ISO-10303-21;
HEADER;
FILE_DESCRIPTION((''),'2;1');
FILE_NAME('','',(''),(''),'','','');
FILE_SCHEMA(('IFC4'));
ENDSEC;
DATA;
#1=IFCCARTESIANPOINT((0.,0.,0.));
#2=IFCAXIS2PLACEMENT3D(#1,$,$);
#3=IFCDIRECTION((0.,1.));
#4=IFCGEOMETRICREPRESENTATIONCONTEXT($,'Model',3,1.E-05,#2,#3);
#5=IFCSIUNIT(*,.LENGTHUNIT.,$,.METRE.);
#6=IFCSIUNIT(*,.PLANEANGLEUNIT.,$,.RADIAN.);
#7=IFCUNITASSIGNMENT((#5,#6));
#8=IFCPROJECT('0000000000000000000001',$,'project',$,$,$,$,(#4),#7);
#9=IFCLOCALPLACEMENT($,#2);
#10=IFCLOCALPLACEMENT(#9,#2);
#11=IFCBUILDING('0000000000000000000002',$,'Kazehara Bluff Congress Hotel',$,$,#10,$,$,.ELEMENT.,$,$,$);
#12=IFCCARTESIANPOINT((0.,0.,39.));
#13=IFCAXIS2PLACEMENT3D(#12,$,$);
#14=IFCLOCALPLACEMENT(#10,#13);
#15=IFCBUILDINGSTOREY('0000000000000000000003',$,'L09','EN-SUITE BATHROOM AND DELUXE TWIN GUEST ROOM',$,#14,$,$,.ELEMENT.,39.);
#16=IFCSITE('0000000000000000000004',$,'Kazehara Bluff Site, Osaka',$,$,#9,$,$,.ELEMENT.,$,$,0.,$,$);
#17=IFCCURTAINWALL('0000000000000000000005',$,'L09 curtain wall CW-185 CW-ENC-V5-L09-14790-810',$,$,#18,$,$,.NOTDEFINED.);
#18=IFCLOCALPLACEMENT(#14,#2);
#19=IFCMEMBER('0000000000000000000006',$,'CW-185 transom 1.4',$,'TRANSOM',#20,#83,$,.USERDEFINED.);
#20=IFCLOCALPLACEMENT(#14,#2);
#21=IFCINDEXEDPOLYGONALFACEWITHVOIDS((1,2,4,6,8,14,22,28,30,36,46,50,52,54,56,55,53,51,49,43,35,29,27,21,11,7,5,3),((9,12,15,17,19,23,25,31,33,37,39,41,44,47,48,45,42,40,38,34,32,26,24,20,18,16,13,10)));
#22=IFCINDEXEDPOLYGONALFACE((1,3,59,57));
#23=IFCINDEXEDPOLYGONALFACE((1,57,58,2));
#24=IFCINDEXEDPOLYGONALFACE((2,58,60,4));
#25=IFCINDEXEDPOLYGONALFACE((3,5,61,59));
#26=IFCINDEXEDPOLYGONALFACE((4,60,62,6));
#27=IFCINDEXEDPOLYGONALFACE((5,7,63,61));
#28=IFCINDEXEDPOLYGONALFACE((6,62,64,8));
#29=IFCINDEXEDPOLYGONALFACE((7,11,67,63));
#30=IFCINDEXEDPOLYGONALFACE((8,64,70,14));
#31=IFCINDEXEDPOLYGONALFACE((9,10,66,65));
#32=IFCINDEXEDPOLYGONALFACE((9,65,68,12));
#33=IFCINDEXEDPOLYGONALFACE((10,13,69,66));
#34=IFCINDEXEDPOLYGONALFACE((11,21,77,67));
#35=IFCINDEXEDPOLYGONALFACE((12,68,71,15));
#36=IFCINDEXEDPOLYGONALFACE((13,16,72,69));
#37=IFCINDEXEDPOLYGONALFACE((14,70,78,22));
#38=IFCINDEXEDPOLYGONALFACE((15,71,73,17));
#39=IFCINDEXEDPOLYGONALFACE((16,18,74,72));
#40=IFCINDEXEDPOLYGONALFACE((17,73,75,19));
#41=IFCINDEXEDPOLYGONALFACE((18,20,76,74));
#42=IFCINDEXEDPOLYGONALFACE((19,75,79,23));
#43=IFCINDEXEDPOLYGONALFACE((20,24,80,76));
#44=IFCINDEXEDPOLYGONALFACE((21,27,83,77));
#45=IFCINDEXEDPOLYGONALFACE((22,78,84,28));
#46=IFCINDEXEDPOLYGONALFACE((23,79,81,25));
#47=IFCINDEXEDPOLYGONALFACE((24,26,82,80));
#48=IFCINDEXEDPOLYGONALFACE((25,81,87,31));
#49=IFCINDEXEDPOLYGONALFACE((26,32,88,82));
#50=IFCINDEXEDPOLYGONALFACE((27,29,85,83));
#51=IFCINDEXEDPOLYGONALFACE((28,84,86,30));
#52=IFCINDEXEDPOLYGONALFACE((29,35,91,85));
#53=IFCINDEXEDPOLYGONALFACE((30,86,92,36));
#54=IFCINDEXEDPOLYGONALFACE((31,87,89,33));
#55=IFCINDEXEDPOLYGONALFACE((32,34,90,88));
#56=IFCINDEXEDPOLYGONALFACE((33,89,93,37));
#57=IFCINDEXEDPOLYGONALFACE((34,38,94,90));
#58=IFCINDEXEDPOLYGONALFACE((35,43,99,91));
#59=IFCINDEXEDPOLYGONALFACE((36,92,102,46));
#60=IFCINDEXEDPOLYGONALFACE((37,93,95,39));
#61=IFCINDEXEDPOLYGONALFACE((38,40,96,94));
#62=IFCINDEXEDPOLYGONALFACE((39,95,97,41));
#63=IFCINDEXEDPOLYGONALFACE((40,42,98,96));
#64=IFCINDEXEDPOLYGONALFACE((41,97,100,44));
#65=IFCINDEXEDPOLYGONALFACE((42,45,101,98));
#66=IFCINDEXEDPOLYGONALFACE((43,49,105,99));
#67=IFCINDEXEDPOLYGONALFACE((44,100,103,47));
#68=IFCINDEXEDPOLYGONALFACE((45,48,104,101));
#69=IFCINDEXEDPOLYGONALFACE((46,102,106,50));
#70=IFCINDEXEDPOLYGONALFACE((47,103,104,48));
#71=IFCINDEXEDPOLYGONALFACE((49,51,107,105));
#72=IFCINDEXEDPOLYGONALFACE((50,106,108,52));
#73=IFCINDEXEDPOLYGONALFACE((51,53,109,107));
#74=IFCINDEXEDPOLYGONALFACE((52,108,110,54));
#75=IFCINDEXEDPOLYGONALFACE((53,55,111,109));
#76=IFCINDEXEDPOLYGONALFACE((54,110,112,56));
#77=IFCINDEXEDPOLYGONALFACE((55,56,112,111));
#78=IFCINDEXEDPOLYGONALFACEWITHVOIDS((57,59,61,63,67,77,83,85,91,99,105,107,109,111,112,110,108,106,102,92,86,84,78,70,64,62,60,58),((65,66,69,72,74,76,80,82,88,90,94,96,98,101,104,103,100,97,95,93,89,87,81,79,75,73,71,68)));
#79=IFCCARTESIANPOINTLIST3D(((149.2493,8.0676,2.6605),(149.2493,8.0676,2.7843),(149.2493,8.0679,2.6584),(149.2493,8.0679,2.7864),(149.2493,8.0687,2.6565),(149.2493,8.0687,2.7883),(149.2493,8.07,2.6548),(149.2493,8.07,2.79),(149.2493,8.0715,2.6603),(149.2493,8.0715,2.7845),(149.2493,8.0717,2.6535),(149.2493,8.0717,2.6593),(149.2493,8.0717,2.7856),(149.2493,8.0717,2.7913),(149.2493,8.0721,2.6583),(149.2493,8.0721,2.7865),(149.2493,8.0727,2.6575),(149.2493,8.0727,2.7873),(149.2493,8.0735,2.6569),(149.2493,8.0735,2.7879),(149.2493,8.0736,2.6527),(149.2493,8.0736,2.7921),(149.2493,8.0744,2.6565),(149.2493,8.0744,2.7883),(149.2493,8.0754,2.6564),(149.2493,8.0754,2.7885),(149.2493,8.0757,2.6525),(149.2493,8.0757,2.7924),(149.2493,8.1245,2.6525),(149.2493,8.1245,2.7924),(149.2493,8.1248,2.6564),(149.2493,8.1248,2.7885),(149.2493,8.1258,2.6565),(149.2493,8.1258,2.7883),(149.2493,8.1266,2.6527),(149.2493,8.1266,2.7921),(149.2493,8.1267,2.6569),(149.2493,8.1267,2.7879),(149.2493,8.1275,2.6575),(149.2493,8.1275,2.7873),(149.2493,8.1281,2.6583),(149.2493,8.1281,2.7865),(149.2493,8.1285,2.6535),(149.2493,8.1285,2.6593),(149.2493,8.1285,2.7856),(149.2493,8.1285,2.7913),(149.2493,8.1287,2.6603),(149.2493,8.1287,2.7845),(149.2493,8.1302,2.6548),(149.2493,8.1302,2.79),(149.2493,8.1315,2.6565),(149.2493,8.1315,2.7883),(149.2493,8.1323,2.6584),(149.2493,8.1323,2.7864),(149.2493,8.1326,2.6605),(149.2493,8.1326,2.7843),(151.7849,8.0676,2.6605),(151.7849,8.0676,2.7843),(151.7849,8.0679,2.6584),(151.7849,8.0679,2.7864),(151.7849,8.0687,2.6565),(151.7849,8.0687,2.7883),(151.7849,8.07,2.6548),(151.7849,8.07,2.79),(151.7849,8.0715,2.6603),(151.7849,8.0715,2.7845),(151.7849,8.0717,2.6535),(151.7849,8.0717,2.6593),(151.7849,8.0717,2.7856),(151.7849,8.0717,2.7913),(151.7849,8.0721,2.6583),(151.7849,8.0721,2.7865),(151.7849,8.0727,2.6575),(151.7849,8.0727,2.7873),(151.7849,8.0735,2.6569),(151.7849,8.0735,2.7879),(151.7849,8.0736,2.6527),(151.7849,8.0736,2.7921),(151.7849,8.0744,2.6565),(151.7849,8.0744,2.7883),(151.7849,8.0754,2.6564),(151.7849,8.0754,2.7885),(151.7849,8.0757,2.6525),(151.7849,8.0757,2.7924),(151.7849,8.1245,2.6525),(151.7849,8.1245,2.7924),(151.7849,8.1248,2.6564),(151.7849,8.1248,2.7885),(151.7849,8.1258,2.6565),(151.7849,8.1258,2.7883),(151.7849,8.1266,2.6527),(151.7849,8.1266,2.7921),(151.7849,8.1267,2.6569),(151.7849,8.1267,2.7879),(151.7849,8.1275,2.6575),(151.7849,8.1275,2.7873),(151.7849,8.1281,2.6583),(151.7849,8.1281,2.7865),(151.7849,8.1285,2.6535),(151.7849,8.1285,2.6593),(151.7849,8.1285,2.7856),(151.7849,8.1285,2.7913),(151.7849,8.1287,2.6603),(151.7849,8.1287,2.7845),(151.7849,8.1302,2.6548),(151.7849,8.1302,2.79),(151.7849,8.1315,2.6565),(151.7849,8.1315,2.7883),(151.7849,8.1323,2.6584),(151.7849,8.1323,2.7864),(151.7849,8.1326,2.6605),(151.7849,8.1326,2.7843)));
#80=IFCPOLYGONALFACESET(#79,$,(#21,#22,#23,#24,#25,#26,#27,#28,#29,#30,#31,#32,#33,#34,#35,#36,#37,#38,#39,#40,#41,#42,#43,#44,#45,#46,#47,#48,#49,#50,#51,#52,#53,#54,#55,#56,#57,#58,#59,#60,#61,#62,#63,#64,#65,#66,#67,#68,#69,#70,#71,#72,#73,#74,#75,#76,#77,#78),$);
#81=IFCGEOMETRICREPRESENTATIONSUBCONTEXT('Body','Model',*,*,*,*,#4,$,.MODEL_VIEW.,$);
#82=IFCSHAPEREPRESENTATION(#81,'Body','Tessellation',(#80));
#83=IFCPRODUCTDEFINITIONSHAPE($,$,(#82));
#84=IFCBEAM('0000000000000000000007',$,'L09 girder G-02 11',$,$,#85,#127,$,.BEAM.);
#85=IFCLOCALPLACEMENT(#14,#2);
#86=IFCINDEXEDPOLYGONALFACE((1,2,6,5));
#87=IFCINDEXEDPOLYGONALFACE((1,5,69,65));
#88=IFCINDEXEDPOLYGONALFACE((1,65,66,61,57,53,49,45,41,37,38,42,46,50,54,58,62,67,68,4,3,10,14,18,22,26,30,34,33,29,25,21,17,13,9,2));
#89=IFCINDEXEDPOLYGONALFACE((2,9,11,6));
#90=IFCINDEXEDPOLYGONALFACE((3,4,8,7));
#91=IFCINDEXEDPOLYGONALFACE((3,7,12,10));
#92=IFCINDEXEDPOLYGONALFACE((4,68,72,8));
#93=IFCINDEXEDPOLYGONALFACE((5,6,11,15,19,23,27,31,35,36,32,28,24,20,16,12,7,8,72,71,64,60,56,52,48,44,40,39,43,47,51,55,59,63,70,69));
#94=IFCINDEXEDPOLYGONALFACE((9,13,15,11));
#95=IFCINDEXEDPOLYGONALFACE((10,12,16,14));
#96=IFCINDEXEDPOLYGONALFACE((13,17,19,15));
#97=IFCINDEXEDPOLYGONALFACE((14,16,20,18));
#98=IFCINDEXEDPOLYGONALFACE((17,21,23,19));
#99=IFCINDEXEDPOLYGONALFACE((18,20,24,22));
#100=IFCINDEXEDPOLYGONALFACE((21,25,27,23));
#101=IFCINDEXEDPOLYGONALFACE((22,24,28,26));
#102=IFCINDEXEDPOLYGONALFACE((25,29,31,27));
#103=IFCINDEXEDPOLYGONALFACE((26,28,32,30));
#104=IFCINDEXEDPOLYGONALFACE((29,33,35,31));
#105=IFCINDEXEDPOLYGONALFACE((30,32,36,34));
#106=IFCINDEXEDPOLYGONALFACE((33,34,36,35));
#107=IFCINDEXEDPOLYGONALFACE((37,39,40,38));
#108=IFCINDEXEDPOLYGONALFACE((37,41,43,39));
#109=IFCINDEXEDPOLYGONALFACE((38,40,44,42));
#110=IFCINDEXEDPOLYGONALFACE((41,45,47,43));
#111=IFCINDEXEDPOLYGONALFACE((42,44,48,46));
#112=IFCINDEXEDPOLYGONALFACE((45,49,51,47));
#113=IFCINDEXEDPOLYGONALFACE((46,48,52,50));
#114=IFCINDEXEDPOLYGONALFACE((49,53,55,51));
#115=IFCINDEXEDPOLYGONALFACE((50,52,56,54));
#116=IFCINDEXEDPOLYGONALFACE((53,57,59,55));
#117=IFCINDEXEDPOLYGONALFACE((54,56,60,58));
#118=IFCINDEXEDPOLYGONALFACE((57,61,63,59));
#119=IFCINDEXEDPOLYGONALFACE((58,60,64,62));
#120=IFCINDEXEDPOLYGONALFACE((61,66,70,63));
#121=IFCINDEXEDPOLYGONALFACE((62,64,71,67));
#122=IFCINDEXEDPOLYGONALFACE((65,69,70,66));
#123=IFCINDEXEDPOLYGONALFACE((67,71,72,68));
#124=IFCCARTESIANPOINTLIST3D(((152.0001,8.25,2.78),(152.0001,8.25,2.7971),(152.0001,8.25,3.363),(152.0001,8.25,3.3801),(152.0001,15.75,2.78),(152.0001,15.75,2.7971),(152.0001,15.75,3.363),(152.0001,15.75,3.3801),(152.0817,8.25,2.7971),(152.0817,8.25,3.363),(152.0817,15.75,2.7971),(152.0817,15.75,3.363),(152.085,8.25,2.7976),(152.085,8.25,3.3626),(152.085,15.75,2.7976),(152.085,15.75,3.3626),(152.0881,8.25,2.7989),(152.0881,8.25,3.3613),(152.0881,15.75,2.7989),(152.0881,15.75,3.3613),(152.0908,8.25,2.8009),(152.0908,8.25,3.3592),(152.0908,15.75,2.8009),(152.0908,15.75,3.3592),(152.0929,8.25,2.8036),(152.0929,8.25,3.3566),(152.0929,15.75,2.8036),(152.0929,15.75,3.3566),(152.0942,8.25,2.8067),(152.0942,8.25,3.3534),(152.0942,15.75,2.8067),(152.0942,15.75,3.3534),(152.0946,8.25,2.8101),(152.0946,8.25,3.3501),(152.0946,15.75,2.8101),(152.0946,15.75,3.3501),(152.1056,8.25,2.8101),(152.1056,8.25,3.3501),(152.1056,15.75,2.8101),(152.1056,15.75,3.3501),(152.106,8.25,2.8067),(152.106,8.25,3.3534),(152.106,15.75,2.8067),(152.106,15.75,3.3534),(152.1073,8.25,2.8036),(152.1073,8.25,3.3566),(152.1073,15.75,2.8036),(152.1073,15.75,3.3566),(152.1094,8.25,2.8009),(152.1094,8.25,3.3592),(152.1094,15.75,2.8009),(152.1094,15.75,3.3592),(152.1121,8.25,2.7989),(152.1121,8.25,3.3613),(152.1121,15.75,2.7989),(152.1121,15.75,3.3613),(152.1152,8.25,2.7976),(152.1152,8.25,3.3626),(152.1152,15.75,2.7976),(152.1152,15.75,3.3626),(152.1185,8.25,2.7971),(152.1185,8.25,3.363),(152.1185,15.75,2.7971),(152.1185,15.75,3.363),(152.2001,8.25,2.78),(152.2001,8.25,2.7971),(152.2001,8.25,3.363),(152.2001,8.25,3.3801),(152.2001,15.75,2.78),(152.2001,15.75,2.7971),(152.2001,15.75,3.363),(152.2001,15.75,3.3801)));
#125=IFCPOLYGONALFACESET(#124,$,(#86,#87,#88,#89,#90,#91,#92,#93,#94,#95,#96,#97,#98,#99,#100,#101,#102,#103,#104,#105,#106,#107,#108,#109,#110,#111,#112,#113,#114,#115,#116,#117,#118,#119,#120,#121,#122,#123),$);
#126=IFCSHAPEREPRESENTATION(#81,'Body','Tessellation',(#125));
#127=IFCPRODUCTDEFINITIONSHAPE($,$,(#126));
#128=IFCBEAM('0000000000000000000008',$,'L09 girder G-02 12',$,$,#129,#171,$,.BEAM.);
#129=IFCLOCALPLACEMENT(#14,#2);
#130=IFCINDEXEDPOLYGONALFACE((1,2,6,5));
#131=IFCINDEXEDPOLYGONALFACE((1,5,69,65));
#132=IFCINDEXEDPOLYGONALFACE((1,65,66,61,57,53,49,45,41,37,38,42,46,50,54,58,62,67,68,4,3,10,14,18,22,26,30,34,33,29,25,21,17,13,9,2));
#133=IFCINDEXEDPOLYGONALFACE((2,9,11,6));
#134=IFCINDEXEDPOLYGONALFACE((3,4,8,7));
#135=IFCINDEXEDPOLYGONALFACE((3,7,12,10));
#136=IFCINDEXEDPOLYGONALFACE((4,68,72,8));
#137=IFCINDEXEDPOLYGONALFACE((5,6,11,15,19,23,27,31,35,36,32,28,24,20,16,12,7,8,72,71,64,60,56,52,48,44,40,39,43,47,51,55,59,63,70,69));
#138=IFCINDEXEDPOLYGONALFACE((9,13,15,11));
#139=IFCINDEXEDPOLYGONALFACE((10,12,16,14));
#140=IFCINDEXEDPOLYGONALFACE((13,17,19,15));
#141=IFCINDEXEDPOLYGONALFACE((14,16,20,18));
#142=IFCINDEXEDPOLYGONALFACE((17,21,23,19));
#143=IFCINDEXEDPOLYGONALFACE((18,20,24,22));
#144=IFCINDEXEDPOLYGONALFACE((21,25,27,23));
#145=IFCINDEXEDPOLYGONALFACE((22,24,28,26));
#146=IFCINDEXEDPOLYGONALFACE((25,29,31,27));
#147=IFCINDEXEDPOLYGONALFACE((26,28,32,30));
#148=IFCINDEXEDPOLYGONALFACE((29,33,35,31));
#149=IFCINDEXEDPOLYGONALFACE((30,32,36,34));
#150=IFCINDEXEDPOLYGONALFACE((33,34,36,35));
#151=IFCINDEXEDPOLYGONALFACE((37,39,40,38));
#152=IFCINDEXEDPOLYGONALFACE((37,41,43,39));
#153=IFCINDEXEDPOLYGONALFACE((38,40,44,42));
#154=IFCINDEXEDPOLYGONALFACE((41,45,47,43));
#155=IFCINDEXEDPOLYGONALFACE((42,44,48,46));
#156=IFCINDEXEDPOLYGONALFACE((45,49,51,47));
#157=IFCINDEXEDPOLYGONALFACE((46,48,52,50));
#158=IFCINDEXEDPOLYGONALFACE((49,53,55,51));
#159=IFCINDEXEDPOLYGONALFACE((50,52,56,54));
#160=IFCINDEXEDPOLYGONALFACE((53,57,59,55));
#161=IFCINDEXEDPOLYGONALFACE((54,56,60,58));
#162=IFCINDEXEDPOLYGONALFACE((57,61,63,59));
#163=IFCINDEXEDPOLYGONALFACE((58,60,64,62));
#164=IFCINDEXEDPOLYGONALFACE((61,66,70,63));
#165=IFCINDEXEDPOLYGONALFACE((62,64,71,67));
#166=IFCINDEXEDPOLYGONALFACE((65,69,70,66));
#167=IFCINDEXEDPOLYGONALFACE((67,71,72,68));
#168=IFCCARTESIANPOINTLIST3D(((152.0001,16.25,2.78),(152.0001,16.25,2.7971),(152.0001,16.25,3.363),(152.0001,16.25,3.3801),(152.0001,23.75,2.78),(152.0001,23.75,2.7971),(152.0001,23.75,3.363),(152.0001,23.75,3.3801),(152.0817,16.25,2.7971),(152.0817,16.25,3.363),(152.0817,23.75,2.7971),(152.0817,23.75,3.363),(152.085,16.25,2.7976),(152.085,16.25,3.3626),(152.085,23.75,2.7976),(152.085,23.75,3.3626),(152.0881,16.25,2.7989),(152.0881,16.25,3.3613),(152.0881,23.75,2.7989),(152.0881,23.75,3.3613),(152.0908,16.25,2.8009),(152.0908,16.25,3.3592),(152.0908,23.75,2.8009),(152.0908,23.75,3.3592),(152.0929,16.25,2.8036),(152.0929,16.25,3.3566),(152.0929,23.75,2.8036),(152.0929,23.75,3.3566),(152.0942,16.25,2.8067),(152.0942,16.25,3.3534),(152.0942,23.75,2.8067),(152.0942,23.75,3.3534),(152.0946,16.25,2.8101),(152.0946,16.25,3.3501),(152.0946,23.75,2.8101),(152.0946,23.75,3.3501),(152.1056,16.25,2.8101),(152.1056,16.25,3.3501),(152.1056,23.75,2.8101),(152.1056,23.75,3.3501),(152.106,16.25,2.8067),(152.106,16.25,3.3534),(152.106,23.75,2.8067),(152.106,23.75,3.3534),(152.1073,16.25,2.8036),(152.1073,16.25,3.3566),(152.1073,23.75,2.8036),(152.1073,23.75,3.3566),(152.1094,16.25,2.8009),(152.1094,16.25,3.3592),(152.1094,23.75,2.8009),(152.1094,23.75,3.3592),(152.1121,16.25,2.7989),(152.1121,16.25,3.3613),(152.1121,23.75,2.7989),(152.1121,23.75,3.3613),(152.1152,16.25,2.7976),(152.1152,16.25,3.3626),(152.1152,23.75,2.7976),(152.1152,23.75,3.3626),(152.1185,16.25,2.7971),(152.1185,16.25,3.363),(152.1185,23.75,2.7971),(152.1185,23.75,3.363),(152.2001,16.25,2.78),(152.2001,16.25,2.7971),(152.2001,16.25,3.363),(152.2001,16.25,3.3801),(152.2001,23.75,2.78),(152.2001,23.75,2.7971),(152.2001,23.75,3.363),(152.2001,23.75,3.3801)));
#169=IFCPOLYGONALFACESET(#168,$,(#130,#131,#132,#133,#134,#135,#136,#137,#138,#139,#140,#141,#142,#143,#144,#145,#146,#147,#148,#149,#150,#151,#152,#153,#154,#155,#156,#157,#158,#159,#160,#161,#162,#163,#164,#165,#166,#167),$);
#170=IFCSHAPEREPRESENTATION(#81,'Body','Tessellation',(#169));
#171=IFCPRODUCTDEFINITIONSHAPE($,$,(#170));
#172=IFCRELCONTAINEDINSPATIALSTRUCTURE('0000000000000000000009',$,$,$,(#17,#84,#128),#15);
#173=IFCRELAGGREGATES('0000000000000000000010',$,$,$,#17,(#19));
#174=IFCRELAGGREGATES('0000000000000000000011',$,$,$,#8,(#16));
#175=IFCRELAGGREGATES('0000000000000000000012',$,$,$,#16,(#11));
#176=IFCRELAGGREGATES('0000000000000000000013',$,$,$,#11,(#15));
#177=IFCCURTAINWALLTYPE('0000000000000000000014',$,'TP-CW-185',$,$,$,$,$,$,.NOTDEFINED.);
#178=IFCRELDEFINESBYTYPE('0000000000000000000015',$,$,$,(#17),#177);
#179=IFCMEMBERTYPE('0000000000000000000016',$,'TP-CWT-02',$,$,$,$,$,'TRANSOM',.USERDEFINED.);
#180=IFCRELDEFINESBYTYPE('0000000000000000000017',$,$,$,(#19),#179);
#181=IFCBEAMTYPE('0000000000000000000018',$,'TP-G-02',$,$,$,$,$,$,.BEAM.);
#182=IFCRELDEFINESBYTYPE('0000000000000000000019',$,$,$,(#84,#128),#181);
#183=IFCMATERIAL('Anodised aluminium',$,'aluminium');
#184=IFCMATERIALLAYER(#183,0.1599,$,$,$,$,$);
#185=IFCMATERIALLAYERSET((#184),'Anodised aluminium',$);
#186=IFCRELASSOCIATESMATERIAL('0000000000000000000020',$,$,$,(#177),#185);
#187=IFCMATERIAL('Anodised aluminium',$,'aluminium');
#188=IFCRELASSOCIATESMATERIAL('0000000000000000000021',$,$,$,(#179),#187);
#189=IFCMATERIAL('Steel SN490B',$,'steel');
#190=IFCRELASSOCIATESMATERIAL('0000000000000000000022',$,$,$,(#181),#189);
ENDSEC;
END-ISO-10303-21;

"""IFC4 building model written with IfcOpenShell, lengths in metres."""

from ifc_helpers import new_model, si_unit, direction, frame, origin, origin_2d, place, context, subcontext, project, spatial, hollow_rectangle, i_section, extrude, material, layer, layer_set, material_profile, profile_set, type_object, element, aggregate, save


model = new_model("IFC4")

# Units and contexts
model_context = context("Model", 3, precision=1e-05, world=origin(), true_north=direction((0.0, 1.0)))
body_context = subcontext(model_context, "Body", "Model", "MODEL_VIEW")
ifc_project = project(units=[si_unit("LENGTHUNIT", "METRE"), si_unit("PLANEANGLEUNIT", "RADIAN")], contexts=[model_context])

# Site, building, storey
site_placement = place(None, origin())
site = spatial("IfcSite", under=ifc_project, at=site_placement, Name="Kazehara Bluff Site, Osaka", CompositionType="ELEMENT", RefElevation=0.0)
building_placement = place(site_placement, origin())
building = spatial("IfcBuilding", under=site, at=building_placement, Name="Kazehara Bluff Congress Hotel", CompositionType="ELEMENT")
storey_placement = place(building_placement, frame((0.0, 0.0, 39.0)))
storey = spatial("IfcBuildingStorey", under=building, at=storey_placement, Name="L09", Description="EN-SUITE BATHROOM AND DELUXE TWIN GUEST ROOM", CompositionType="ELEMENT", Elevation=39.0)

# Curtain wall
ifc_material_1 = material(Name="Anodised aluminium", Category="aluminium")
ifc_layer_1 = layer(ifc_material_1, 0.1599)
ifc_layer_set_1 = layer_set([ifc_layer_1], Name="Anodised aluminium")
curtain_wall_type = type_object("IfcCurtainWallType", Name="TP-CW-185", PredefinedType="NOTDEFINED", material=ifc_layer_set_1)
curtain_wall_1_placement = place(storey_placement, origin())
curtain_wall_1 = element("IfcCurtainWall", 1, at=curtain_wall_1_placement, inside=storey, type_object=curtain_wall_type, Name="L09 curtain wall CW-185 CW-ENC-V5-L09-14790-810", PredefinedType="NOTDEFINED")

# Member
ifc_material_2 = material(Name="Anodised aluminium", Category="aluminium")
ifc_material_profile_1 = material_profile(ifc_material_2, hollow_rectangle(XDim=0.0649, YDim=0.1399, WallThickness=0.0039, InnerFilletRadius=0.0039, OuterFilletRadius=0.0081, at=origin_2d()))
ifc_profile_set_1 = profile_set([ifc_material_profile_1], Name="Anodised aluminium")
member_type_1 = type_object("IfcMemberType", Name="TP-CWT-02", ElementType="TRANSOM", PredefinedType="USERDEFINED", material=ifc_profile_set_1)
member_1_placement = place(storey_placement, frame((151.7849, 8.1001, 2.7224), z_axis=(-1.0, 0.0, 0.0), x_axis=(0.0, -1.0, 0.0)))
member_1 = element("IfcMember", 2, at=member_1_placement, type_object=member_type_1, Name="CW-185 transom 1.4", ObjectType="TRANSOM", PredefinedType="USERDEFINED", context=body_context, shape_type="SweptSolid", body=[
    extrude(hollow_rectangle(XDim=0.0649, YDim=0.1399, WallThickness=0.0039, InnerFilletRadius=0.0039, OuterFilletRadius=0.0081, at=origin_2d()), origin(), (0.0, 0.0, 1.0), 2.5356),
])

# Beams
ifc_material_3 = material(Name="Steel SN490B", Category="steel")
ifc_material_profile_2 = material_profile(ifc_material_3, i_section(OverallWidth=0.2, OverallDepth=0.6001, WebThickness=0.011, FlangeThickness=0.0171, FilletRadius=0.0129, at=origin_2d()))
ifc_profile_set_2 = profile_set([ifc_material_profile_2], Name="Steel SN490B")
beam_type_1 = type_object("IfcBeamType", Name="TP-G-02", PredefinedType="BEAM", material=ifc_profile_set_2)
for number, where, z_axis, x_axis, name in (
    (3, (152.1001, 8.25, 3.0801), (0.0, 1.0, 0.0), (-1.0, 0.0, 0.0), "L09 girder G-02 11"),
    (4, (152.1001, 16.25, 3.0801), (0.0, 1.0, 0.0), (-1.0, 0.0, 0.0), "L09 girder G-02 12"),
):
    element("IfcBeam", number, at=place(storey_placement, frame(where, z_axis=z_axis, x_axis=x_axis)), inside=storey, type_object=beam_type_1, Name=name, PredefinedType="BEAM", context=body_context, shape_type="SweptSolid", body=[
        extrude(i_section(OverallWidth=0.2, OverallDepth=0.6001, WebThickness=0.011, FlangeThickness=0.0171, FilletRadius=0.0129, at=origin_2d()), origin(), (0.0, 0.0, 1.0), 7.5),
    ])

aggregate(curtain_wall_1, [member_1])

save(model, "model.ifc")
